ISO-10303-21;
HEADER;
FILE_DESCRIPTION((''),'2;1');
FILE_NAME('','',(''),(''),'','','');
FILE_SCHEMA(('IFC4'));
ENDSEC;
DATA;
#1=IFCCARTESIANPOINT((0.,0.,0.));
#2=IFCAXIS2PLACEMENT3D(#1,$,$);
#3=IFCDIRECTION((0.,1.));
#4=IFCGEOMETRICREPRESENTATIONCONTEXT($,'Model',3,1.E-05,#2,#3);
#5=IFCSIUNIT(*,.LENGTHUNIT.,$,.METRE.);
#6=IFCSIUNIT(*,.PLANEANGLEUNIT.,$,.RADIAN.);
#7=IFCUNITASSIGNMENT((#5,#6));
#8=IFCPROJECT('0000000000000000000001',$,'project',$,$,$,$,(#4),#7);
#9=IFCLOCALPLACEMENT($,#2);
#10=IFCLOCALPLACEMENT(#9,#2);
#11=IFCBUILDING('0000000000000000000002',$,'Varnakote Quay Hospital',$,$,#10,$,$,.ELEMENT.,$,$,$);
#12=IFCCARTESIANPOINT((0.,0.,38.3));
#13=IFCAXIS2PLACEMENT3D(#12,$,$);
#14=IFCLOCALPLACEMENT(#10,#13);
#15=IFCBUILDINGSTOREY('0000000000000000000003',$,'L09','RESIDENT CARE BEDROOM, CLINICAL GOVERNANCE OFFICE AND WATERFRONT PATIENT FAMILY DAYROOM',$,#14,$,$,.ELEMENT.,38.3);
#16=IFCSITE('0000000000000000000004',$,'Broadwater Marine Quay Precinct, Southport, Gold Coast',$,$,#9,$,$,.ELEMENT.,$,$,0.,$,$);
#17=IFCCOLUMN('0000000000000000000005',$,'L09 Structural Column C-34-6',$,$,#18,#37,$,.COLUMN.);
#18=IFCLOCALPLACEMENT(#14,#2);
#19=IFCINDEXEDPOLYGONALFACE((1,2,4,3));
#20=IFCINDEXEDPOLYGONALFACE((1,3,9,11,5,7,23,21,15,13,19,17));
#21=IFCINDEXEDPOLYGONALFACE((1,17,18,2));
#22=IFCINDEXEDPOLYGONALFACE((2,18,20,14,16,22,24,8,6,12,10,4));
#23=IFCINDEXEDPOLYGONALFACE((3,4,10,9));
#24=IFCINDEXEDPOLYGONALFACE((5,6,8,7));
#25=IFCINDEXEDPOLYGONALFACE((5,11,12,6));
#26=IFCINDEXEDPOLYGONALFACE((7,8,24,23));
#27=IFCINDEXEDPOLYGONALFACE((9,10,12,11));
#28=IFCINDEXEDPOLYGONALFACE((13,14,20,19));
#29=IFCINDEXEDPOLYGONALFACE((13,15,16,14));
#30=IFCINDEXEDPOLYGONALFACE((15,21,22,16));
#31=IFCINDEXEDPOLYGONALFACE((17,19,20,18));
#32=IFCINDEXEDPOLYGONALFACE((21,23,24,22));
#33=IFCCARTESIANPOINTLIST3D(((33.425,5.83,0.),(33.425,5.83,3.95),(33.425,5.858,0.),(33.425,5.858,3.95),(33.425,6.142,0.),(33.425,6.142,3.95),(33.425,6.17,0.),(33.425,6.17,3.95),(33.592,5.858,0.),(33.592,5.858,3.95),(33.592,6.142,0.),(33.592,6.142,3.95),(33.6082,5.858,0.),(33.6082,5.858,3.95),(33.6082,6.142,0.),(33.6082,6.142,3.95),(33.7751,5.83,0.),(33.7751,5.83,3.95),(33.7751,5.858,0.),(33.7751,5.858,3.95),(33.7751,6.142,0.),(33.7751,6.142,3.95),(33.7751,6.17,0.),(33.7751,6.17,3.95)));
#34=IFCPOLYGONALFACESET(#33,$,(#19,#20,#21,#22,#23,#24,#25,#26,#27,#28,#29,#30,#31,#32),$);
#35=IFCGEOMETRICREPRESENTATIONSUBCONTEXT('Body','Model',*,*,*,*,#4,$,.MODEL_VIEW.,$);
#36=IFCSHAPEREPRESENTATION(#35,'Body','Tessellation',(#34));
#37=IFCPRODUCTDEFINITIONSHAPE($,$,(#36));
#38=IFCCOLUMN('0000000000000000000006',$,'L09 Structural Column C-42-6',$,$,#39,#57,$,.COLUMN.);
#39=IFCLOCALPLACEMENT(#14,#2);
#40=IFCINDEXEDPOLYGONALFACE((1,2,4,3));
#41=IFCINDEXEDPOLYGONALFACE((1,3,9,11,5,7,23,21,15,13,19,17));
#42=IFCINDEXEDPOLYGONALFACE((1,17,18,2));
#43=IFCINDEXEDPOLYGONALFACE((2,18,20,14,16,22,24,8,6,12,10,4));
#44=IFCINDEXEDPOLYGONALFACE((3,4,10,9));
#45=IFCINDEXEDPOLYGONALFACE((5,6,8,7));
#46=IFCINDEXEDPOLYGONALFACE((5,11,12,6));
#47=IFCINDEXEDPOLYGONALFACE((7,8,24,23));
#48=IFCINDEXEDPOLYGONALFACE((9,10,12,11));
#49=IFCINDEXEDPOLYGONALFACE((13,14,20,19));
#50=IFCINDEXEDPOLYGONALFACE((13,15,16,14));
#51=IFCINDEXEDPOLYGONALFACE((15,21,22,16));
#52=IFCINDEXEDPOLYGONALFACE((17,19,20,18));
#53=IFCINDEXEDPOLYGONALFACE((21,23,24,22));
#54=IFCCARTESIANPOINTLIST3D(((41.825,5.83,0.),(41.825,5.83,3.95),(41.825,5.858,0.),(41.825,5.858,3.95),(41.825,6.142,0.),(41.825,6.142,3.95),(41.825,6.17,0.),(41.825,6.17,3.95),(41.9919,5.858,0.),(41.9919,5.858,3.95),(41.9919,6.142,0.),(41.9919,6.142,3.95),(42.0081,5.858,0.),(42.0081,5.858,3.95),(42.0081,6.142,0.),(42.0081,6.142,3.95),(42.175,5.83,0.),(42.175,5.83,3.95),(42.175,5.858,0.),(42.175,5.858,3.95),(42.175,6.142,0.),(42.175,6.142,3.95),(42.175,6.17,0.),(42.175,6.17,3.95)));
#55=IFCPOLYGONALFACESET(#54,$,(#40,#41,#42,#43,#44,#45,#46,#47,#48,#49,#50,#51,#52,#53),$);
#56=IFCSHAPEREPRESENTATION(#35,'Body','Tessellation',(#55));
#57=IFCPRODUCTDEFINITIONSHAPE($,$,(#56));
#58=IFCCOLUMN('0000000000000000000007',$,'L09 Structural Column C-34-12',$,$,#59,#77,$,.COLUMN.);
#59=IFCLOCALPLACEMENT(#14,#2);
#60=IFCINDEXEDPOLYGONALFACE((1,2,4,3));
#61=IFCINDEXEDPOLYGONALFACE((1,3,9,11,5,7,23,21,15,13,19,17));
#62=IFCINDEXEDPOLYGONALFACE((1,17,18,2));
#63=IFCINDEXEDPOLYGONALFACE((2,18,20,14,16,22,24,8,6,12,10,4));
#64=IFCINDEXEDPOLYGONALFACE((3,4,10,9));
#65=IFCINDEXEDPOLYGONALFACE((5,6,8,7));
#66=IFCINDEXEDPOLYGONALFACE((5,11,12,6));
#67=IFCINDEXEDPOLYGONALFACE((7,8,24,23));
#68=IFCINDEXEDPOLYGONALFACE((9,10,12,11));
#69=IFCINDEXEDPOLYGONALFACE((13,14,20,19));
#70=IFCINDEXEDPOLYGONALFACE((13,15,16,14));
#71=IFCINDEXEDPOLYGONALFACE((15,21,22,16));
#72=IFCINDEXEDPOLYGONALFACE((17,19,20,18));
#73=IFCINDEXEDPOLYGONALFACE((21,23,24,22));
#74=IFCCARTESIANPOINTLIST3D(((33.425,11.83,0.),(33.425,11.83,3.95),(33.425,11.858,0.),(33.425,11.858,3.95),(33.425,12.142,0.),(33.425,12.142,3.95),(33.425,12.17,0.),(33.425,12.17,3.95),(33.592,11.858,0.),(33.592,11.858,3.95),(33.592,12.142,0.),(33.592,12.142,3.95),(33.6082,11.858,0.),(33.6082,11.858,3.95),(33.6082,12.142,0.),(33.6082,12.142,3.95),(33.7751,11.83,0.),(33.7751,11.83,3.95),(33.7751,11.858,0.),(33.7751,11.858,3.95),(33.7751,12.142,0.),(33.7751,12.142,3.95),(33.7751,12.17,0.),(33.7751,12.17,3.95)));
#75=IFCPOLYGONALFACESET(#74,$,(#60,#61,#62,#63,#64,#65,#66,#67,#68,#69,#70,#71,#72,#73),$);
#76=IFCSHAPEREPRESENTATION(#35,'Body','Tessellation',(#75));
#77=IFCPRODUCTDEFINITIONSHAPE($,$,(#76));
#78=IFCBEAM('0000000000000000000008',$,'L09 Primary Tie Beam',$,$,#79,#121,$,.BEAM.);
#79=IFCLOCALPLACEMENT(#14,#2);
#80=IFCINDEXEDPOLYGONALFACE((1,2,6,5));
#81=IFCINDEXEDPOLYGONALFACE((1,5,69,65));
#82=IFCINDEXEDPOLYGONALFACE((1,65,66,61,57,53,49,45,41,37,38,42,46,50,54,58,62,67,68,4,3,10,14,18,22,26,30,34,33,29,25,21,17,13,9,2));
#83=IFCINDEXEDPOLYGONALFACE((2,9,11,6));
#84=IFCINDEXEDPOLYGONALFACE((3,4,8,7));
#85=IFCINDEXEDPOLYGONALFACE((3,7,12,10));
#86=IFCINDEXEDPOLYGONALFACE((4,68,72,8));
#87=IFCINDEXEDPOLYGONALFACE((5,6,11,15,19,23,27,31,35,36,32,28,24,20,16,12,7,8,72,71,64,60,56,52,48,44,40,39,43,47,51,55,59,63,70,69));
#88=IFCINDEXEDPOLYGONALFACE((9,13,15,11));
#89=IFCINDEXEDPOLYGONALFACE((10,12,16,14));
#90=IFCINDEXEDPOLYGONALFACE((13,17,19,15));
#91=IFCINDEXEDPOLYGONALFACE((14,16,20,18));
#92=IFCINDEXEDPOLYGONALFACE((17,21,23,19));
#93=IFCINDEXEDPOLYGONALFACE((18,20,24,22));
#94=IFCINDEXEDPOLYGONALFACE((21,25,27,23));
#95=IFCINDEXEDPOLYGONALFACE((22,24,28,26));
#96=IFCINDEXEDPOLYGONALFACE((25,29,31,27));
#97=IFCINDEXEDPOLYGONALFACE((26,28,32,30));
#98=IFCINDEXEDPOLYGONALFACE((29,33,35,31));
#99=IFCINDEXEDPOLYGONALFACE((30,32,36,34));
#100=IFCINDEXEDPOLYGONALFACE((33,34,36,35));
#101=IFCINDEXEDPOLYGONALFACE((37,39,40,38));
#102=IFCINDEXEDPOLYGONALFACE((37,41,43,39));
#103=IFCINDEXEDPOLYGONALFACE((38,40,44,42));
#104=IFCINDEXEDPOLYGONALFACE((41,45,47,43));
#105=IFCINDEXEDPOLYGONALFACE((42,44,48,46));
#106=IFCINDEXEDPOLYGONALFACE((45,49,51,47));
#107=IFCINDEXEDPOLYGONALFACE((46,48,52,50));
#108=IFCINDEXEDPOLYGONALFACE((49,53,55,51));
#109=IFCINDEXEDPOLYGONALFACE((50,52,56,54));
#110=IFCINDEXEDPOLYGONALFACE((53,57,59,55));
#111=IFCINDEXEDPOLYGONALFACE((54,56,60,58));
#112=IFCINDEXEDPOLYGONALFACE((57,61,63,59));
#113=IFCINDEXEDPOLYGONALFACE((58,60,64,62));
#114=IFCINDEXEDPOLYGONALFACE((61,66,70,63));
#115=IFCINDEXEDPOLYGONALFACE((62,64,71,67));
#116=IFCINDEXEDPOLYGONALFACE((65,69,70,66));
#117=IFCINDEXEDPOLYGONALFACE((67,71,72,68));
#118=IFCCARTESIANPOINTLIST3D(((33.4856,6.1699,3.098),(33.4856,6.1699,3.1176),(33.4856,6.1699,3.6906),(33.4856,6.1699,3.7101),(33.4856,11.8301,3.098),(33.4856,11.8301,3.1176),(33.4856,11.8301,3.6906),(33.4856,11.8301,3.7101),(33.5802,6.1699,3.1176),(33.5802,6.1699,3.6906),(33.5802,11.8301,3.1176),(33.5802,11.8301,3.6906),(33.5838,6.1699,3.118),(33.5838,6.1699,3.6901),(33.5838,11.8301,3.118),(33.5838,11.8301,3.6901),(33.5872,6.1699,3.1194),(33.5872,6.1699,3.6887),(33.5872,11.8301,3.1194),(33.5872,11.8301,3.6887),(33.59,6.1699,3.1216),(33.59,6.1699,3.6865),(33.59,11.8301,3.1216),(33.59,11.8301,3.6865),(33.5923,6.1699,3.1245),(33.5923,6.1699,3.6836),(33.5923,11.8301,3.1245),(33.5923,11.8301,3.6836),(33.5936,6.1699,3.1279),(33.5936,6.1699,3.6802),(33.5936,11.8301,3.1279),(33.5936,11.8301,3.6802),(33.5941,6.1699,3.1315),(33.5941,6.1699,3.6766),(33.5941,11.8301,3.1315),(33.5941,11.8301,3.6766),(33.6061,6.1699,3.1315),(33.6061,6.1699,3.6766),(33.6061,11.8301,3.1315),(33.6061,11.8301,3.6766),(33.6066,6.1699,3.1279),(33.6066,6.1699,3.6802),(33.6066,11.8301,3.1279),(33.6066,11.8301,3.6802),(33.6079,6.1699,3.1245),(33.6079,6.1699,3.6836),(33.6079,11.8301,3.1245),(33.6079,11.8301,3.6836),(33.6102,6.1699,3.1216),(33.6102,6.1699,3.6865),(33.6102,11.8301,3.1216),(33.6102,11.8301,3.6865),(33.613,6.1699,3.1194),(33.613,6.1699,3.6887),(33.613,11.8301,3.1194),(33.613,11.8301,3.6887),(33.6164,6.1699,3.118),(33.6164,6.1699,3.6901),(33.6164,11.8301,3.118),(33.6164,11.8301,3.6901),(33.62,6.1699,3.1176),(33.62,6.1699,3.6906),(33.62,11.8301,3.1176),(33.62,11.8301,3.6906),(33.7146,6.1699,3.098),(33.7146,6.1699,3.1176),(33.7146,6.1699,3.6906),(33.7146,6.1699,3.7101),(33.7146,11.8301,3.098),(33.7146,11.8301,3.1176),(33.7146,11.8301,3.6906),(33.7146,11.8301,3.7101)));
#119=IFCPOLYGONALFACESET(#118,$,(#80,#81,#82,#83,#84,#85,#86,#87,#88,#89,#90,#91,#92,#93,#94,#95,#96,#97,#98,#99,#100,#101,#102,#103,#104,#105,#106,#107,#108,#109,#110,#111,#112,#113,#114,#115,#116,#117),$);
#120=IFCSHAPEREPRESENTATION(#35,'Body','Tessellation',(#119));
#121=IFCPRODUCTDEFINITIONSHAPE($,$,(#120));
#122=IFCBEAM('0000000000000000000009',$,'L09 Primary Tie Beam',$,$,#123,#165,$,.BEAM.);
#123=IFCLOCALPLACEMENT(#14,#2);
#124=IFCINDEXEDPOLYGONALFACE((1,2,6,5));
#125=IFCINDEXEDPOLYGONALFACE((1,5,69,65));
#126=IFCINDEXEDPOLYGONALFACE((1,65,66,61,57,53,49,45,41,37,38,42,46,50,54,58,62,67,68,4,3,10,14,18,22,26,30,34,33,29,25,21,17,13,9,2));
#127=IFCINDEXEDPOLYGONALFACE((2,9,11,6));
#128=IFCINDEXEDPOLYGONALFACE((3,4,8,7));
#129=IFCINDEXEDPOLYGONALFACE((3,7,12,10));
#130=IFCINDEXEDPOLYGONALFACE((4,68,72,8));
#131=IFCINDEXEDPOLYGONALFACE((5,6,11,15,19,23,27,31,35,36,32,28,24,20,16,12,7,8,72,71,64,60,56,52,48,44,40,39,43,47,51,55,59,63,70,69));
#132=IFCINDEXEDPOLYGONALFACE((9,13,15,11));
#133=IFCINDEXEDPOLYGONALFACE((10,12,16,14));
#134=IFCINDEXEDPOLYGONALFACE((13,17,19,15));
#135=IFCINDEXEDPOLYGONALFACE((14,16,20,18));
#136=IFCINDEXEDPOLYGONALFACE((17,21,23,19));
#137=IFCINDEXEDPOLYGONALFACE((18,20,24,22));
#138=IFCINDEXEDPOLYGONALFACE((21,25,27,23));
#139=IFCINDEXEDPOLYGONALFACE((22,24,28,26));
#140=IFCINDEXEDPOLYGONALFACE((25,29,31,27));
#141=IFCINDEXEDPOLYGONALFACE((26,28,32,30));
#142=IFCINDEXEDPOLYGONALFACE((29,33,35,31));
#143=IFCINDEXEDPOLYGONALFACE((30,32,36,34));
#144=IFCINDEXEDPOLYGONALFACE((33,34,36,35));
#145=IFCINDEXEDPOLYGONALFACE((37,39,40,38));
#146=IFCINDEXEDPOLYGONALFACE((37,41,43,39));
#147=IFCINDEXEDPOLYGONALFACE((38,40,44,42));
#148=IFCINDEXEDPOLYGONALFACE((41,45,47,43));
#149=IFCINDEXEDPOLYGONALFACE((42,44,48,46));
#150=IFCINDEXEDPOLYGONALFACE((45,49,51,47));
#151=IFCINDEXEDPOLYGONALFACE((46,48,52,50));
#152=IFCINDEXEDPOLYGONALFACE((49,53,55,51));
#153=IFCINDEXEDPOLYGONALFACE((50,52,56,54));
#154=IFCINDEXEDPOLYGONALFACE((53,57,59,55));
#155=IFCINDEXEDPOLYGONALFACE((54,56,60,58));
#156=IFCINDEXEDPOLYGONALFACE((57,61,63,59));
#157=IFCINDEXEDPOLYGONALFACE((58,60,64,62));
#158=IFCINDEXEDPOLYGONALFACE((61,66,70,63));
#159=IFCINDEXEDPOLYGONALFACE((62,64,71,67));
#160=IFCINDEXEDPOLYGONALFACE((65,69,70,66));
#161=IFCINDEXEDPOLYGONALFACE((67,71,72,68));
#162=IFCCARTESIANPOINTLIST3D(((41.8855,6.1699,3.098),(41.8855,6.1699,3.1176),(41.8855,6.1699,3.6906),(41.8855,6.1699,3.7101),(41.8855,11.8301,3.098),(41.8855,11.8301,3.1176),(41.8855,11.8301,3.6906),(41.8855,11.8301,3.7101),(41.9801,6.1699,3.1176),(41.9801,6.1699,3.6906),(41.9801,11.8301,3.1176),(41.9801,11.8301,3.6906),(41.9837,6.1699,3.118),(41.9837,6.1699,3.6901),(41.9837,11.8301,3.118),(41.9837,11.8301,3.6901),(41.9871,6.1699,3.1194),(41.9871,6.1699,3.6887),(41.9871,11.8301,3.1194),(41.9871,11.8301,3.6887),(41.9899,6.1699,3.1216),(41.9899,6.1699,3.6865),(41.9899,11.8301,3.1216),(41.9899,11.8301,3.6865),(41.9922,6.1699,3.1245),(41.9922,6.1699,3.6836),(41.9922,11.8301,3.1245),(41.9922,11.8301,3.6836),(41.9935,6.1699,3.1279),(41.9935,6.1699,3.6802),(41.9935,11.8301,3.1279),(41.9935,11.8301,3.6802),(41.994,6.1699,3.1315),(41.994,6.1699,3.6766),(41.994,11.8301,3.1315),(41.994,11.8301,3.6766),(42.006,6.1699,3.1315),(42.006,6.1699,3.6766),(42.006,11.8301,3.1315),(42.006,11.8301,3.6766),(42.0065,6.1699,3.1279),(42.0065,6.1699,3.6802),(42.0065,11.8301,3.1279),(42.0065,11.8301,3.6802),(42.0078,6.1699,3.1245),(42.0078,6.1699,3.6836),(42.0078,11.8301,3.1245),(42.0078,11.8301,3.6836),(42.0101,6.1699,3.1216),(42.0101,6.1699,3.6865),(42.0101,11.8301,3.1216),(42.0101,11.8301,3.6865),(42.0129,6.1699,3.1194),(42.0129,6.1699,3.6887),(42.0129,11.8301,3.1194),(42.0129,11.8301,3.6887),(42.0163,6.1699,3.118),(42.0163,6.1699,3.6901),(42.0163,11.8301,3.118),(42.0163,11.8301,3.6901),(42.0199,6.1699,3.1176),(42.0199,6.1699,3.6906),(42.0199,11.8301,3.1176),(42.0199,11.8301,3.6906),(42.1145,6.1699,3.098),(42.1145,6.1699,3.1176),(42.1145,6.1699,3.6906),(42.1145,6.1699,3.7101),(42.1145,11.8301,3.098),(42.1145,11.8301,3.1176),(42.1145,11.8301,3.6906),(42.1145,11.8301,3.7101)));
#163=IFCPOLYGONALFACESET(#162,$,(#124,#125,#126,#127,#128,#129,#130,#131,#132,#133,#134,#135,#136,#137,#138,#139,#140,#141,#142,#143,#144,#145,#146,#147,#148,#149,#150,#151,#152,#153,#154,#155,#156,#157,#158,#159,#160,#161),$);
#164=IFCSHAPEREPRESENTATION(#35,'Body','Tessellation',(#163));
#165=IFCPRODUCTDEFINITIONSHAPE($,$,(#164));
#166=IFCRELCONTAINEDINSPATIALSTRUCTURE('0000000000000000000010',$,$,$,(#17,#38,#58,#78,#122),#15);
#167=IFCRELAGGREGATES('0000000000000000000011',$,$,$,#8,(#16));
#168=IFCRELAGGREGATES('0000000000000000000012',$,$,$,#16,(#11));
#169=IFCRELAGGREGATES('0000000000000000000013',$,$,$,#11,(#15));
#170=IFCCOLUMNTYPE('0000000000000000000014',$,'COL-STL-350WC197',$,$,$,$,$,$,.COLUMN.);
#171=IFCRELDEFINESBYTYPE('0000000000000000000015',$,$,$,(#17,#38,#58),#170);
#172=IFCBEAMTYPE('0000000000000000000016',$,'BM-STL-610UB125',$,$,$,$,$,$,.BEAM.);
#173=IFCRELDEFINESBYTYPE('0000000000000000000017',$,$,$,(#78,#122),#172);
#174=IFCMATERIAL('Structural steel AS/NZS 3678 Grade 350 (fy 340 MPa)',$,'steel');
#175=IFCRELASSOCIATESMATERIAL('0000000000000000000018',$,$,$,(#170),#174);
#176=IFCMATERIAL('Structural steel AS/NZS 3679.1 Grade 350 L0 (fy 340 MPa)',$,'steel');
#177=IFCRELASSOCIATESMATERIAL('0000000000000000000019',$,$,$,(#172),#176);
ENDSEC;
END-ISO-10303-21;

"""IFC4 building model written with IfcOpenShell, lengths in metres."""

from ifc_helpers import new_model, si_unit, direction, frame, origin, origin_2d, place, context, subcontext, project, spatial, i_section, extrude, material, material_profile, profile_set, type_object, element, save


model = new_model("IFC4")

# Units and contexts
model_context = context("Model", 3, precision=1e-05, world=origin(), true_north=direction((0.0, 1.0)))
body_context = subcontext(model_context, "Body", "Model", "MODEL_VIEW")
ifc_project = project(units=[si_unit("LENGTHUNIT", "METRE"), si_unit("PLANEANGLEUNIT", "RADIAN")], contexts=[model_context])

# Site, building, storey
site_placement = place(None, origin())
site = spatial("IfcSite", under=ifc_project, at=site_placement, Name="Broadwater Marine Quay Precinct, Southport, Gold Coast", CompositionType="ELEMENT", RefElevation=0.0)
building_placement = place(site_placement, origin())
building = spatial("IfcBuilding", under=site, at=building_placement, Name="Varnakote Quay Hospital", CompositionType="ELEMENT")
storey_placement = place(building_placement, frame((0.0, 0.0, 38.3)))
storey = spatial("IfcBuildingStorey", under=building, at=storey_placement, Name="L09", Description="RESIDENT CARE BEDROOM, CLINICAL GOVERNANCE OFFICE AND WATERFRONT PATIENT FAMILY DAYROOM", CompositionType="ELEMENT", Elevation=38.3)

# Columns
ifc_material_1 = material(Name="Structural steel AS/NZS 3678 Grade 350 (fy 340 MPa)", Category="steel")
ifc_material_profile_1 = material_profile(ifc_material_1, i_section(OverallWidth=0.3501, OverallDepth=0.3401, WebThickness=0.0161, FlangeThickness=0.0281, at=origin_2d()), Name="350WC197")
ifc_profile_set_1 = profile_set([ifc_material_profile_1], Name="Structural steel AS/NZS 3678 Grade 350 (fy 340 MPa)")
column_type = type_object("IfcColumnType", Name="COL-STL-350WC197", PredefinedType="COLUMN", material=ifc_profile_set_1)
for number, where, z_axis, x_axis, name in (
    (1, (33.6001, 6.0, 0.0), (0.0, 0.0, 1.0), (1.0, 0.0, 0.0), "L09 Structural Column C-34-6"),
    (2, (42.0, 6.0, 0.0), (0.0, 0.0, 1.0), (1.0, 0.0, 0.0), "L09 Structural Column C-42-6"),
    (3, (33.6001, 12.0, 0.0), (0.0, 0.0, 1.0), (1.0, 0.0, 0.0), "L09 Structural Column C-34-12"),
):
    element("IfcColumn", number, at=place(storey_placement, frame(where, z_axis=z_axis, x_axis=x_axis)), inside=storey, type_object=column_type, Name=name, PredefinedType="COLUMN", context=body_context, shape_type="SweptSolid", body=[
        extrude(i_section(OverallWidth=0.3501, OverallDepth=0.3401, WebThickness=0.0161, FlangeThickness=0.0281, at=origin_2d()), origin(), (0.0, 0.0, 1.0), 3.95),
    ])

# Beams
ifc_material_2 = material(Name="Structural steel AS/NZS 3679.1 Grade 350 L0 (fy 340 MPa)", Category="steel")
ifc_material_profile_2 = material_profile(ifc_material_2, i_section(OverallWidth=0.229, OverallDepth=0.6121, WebThickness=0.012, FlangeThickness=0.0195, FilletRadius=0.0139, at=origin_2d()), Name="610UB125")
ifc_profile_set_2 = profile_set([ifc_material_profile_2], Name="Structural steel AS/NZS 3679.1 Grade 350 L0 (fy 340 MPa)")
beam_type_1 = type_object("IfcBeamType", Name="BM-STL-610UB125", PredefinedType="BEAM", material=ifc_profile_set_2)
for number, where, z_axis, x_axis, name in (
    (4, (33.6001, 6.1699, 3.4041), (0.0, 1.0, 0.0), (-1.0, 0.0, 0.0), "L09 Primary Tie Beam"),
    (5, (42.0, 6.1699, 3.4041), (0.0, 1.0, 0.0), (-1.0, 0.0, 0.0), "L09 Primary Tie Beam"),
):
    element("IfcBeam", number, at=place(storey_placement, frame(where, z_axis=z_axis, x_axis=x_axis)), inside=storey, type_object=beam_type_1, Name=name, PredefinedType="BEAM", context=body_context, shape_type="SweptSolid", body=[
        extrude(i_section(OverallWidth=0.229, OverallDepth=0.6121, WebThickness=0.012, FlangeThickness=0.0195, FilletRadius=0.0139, at=origin_2d()), origin(), (0.0, 0.0, 1.0), 5.6602),
    ])

save(model, "model.ifc")
